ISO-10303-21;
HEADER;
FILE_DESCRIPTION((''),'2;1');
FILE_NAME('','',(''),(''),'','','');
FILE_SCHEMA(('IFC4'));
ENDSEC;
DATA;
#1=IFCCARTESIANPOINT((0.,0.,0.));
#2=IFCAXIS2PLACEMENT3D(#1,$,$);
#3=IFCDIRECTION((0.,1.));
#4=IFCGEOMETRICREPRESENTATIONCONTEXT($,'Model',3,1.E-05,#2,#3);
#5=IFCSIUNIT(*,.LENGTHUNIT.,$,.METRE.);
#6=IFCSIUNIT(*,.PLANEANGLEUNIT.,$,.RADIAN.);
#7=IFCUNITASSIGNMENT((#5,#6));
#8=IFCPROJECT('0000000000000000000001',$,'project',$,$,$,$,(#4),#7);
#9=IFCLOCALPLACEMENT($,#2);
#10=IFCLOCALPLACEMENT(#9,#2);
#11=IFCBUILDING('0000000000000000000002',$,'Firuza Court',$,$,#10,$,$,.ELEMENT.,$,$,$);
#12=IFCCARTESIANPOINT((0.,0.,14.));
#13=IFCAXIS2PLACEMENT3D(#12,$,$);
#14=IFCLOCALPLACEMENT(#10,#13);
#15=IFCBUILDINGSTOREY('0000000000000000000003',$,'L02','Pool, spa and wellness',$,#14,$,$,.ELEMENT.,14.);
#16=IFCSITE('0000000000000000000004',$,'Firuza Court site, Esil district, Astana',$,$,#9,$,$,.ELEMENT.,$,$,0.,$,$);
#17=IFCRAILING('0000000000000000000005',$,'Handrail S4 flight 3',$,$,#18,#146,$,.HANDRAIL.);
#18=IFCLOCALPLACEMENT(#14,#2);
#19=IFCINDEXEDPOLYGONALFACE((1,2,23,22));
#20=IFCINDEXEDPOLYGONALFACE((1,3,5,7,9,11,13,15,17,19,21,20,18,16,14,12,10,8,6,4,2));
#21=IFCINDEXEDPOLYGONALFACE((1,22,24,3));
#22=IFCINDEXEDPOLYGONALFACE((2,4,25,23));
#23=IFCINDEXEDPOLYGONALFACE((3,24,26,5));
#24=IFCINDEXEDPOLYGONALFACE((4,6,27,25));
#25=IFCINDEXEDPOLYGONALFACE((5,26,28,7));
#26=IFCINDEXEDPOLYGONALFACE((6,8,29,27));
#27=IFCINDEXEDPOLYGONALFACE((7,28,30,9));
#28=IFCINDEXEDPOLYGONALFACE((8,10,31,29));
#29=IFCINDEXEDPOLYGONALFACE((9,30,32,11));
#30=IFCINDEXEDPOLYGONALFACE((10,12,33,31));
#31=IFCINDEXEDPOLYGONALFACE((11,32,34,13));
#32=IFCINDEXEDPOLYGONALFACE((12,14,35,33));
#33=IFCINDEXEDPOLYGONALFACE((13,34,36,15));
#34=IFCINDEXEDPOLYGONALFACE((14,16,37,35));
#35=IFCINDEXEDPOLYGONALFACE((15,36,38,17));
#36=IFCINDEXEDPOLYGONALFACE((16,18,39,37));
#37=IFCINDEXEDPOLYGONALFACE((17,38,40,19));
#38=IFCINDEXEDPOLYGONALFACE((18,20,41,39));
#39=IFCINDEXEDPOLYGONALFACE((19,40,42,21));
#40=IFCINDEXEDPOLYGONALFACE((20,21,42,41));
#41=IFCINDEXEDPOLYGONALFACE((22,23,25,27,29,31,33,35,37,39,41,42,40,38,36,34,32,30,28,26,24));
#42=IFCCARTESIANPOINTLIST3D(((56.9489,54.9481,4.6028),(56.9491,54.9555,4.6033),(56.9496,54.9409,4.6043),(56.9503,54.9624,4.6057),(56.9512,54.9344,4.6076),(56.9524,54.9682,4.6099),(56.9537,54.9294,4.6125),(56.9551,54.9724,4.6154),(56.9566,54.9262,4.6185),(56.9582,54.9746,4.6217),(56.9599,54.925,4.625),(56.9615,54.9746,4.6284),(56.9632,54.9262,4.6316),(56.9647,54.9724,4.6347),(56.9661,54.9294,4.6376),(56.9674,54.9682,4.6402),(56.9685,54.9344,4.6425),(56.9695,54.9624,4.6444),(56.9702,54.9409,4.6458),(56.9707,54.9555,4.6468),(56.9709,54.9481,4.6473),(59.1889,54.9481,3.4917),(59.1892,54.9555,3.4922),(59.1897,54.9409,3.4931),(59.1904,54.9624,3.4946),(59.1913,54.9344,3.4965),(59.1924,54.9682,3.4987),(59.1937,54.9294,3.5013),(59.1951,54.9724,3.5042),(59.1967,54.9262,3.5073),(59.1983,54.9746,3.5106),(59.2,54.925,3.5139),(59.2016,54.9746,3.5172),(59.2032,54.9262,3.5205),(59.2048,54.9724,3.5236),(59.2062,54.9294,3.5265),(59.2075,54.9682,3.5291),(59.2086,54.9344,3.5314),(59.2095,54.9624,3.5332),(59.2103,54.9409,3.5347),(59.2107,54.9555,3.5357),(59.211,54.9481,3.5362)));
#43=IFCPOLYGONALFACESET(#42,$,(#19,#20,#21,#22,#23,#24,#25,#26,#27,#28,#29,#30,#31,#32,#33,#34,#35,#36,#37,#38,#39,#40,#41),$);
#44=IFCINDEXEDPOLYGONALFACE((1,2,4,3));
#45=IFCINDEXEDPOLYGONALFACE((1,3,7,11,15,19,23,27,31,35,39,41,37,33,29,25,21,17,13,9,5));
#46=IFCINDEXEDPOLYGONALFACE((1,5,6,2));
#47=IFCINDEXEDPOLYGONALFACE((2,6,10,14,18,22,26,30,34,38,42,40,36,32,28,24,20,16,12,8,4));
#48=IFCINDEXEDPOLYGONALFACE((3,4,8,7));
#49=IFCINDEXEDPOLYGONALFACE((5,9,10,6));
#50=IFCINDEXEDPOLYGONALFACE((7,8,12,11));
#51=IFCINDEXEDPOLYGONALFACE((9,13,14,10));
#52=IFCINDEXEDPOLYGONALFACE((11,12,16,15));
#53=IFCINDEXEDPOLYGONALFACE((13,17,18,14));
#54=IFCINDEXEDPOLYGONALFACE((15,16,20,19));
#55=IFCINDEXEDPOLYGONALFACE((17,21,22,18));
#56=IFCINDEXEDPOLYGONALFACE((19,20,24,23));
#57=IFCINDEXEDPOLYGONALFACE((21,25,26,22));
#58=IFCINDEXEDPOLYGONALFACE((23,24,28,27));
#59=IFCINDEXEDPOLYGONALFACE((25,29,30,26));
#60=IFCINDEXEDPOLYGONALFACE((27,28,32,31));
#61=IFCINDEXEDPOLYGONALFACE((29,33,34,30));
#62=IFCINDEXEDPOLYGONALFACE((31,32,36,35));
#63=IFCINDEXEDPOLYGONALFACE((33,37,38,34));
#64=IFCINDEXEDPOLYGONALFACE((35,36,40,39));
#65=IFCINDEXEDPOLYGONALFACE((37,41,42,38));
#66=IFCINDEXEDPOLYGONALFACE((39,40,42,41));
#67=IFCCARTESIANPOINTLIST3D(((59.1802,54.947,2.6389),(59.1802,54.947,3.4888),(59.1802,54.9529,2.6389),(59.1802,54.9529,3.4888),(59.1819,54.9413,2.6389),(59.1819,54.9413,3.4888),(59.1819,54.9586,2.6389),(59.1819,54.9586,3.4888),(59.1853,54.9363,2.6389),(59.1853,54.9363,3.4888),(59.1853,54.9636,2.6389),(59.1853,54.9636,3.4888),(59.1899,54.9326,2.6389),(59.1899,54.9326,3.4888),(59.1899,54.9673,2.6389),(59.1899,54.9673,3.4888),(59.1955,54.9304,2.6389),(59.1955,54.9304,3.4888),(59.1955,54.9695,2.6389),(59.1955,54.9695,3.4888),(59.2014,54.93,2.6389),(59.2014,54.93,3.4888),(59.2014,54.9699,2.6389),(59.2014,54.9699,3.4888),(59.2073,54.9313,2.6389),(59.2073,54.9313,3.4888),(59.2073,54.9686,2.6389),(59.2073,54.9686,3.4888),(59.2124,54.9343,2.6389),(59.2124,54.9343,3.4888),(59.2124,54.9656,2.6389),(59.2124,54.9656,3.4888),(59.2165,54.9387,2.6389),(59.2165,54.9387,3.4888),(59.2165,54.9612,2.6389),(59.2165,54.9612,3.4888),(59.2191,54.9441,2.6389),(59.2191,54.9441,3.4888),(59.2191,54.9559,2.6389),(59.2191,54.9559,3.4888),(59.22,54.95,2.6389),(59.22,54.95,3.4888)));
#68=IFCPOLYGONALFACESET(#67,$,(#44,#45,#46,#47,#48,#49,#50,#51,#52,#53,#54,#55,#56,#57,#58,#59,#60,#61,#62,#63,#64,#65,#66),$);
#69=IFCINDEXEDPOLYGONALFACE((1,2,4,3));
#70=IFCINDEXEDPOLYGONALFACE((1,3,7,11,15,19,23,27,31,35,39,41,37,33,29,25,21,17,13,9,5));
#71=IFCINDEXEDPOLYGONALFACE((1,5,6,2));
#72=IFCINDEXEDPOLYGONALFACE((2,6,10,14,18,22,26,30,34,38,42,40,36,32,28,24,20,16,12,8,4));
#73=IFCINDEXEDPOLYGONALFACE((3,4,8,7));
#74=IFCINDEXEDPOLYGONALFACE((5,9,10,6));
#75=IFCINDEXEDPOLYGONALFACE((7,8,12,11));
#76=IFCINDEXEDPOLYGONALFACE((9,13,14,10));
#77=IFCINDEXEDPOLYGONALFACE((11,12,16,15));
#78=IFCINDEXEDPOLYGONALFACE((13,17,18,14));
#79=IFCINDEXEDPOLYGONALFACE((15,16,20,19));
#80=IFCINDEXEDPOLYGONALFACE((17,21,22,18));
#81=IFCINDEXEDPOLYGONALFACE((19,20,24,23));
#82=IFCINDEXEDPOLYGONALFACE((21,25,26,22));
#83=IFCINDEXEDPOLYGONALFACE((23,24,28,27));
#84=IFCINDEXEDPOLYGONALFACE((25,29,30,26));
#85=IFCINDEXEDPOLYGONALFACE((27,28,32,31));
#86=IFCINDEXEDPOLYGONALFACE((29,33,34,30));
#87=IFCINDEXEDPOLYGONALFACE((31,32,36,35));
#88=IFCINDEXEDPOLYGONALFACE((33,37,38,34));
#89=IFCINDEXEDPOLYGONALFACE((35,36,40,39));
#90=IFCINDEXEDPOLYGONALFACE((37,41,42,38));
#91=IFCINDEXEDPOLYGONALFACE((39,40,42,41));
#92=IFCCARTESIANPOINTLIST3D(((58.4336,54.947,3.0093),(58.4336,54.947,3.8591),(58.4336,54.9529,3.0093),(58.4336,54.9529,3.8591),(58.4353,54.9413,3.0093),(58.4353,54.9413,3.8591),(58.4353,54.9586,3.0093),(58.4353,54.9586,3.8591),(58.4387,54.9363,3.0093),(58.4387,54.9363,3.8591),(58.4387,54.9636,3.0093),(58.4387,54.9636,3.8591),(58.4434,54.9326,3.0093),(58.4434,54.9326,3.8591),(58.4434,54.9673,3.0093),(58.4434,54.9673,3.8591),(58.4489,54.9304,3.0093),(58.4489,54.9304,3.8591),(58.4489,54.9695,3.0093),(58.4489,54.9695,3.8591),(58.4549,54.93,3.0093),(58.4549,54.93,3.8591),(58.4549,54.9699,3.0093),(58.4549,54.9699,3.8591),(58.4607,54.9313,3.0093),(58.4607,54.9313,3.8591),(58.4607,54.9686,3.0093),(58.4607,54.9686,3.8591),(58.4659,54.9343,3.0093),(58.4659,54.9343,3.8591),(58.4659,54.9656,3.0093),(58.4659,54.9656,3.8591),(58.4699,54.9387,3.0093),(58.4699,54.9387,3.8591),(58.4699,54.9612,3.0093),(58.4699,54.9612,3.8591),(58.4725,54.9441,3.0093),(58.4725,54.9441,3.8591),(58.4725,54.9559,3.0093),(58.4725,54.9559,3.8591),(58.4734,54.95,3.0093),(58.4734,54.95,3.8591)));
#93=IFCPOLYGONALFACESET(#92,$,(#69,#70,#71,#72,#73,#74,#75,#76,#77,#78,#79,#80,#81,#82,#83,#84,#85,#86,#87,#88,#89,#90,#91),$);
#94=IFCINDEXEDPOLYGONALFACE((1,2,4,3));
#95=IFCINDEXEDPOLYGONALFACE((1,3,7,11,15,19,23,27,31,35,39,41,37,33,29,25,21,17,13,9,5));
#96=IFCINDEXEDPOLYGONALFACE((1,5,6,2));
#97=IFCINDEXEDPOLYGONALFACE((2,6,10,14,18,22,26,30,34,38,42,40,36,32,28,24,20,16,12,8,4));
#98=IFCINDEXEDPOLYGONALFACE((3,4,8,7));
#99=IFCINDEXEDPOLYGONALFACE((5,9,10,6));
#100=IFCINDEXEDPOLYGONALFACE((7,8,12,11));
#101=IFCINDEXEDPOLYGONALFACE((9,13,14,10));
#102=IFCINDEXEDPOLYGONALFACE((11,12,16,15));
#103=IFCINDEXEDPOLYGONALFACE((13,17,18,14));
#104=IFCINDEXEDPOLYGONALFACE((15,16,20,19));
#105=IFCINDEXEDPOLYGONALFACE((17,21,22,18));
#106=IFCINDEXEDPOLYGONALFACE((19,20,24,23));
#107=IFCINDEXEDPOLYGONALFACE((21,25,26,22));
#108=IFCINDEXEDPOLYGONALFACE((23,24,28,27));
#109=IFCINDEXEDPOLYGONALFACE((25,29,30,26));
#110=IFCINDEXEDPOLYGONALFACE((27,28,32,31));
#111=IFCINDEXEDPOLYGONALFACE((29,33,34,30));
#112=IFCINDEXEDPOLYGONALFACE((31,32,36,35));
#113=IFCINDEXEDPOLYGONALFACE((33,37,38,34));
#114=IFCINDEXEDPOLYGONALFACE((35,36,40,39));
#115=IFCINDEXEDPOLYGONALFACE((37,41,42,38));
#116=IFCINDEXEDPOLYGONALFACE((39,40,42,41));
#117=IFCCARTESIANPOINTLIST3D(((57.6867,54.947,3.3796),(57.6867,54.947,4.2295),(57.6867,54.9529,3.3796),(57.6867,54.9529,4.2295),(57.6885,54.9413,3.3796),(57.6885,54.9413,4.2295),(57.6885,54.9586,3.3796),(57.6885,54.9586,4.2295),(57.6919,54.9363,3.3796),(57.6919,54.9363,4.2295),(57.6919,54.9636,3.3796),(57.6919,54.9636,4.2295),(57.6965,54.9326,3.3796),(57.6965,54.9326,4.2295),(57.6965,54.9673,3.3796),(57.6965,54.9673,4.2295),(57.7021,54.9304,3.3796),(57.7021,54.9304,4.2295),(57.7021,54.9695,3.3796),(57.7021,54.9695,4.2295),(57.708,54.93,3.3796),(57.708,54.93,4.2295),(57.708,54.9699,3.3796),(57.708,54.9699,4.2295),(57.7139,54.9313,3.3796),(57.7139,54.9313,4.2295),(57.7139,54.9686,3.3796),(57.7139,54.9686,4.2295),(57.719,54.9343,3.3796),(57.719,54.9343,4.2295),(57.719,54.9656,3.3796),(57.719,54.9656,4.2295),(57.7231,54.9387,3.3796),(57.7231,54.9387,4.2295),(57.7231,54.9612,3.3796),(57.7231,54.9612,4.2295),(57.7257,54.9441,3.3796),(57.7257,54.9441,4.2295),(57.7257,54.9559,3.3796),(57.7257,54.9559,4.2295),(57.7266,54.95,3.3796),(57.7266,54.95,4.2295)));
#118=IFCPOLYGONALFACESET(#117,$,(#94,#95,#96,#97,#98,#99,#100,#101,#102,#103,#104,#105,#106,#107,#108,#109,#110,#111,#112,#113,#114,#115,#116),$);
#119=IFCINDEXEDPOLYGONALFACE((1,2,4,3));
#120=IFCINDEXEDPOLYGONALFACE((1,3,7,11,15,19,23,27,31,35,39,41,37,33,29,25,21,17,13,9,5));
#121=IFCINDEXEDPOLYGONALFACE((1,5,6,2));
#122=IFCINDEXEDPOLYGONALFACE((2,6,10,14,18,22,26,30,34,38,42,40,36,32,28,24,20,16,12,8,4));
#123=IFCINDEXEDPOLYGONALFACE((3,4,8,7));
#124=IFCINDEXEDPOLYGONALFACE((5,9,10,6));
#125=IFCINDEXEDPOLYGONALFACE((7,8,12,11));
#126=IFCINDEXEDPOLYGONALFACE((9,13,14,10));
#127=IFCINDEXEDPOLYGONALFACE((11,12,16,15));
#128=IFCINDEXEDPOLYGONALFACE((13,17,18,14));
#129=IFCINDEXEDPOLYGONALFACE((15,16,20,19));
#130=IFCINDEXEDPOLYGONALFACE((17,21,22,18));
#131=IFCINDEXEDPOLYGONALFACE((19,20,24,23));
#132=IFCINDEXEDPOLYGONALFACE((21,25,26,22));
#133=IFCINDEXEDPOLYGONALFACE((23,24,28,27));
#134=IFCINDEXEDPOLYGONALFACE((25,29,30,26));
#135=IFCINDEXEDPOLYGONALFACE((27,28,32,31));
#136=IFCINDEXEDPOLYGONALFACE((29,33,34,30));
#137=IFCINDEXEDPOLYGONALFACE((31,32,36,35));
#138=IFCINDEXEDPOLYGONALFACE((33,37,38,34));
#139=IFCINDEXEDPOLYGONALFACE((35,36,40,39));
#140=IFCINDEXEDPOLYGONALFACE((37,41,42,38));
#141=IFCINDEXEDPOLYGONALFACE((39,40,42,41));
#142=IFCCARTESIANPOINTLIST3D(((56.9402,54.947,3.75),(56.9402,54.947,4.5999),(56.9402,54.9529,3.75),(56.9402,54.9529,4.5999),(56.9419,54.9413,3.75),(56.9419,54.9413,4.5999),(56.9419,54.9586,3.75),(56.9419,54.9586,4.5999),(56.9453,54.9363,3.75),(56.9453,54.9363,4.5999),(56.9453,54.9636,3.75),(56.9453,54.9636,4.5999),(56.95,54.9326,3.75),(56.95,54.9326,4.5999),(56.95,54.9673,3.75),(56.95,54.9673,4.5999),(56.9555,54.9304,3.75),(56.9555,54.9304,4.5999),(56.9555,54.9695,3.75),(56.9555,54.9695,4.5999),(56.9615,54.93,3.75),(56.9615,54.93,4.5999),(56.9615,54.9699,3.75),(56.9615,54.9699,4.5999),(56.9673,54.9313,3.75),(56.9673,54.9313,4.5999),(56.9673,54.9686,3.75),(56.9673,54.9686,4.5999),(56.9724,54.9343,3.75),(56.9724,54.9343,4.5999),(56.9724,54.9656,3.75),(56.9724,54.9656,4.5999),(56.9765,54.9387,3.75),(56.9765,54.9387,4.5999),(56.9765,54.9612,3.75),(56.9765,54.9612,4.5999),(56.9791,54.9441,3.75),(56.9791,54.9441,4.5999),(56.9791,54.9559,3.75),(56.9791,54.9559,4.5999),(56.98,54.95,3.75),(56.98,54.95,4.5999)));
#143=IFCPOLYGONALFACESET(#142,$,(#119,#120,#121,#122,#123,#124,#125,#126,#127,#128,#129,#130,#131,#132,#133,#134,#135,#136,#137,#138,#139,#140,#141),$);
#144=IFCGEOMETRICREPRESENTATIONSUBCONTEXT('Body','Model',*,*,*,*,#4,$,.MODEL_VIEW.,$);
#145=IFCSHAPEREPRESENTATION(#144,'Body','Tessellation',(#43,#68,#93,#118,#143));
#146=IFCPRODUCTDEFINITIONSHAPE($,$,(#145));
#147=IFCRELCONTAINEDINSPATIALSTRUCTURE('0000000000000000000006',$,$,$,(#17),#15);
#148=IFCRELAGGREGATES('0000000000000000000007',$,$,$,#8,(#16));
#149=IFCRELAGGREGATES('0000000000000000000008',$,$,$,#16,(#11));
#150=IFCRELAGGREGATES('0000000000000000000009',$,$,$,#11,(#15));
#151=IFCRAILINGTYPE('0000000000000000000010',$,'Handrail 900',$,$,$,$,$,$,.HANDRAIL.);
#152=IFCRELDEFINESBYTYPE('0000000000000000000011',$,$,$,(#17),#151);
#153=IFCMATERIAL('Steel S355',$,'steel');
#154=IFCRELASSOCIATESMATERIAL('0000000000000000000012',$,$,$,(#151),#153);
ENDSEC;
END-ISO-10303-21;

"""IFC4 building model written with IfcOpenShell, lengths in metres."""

from ifc_helpers import new_model, si_unit, direction, frame, origin, origin_2d, place, context, subcontext, project, spatial, circle, extrude, material, type_object, element, save


model = new_model("IFC4")

# Units and contexts
model_context = context("Model", 3, precision=1e-05, world=origin(), true_north=direction((0.0, 1.0)))
body_context = subcontext(model_context, "Body", "Model", "MODEL_VIEW")
ifc_project = project(units=[si_unit("LENGTHUNIT", "METRE"), si_unit("PLANEANGLEUNIT", "RADIAN")], contexts=[model_context])

# Site, building, storey
site_placement = place(None, origin())
site = spatial("IfcSite", under=ifc_project, at=site_placement, Name="Firuza Court site, Esil district, Astana", CompositionType="ELEMENT", RefElevation=0.0)
building_placement = place(site_placement, origin())
building = spatial("IfcBuilding", under=site, at=building_placement, Name="Firuza Court", CompositionType="ELEMENT")
storey_placement = place(building_placement, frame((0.0, 0.0, 14.0)))
storey = spatial("IfcBuildingStorey", under=building, at=storey_placement, Name="L02", Description="Pool, spa and wellness", CompositionType="ELEMENT", Elevation=14.0)

# Railing
ifc_material_1 = material(Name="Steel S355", Category="steel")
railing_type_1 = type_object("IfcRailingType", Name="Handrail 900", PredefinedType="HANDRAIL", material=ifc_material_1)
railing_1_placement = place(storey_placement, frame((59.2, 54.95, 2.6389)))
element("IfcRailing", 1, at=railing_1_placement, inside=storey, type_object=railing_type_1, Name="Handrail S4 flight 3", PredefinedType="HANDRAIL", context=body_context, shape_type="SweptSolid", body=[
    extrude(circle(Radius=0.0249, at=origin_2d()), frame((0.0, 0.0, 0.875), z_axis=(-0.895848, 0.0, 0.44436), x_axis=(0.0, -1.0, 0.0)), (0.0, 0.0, 1.0), 2.5005),
    extrude(circle(Radius=0.02, at=origin_2d()), origin(), (0.0, 0.0, 1.0), 0.8499),
    extrude(circle(Radius=0.02, at=origin_2d()), frame((-0.7466, 0.0, 0.3704)), (0.0, 0.0, 1.0), 0.8499),
    extrude(circle(Radius=0.02, at=origin_2d()), frame((-1.4934, 0.0, 0.7407)), (0.0, 0.0, 1.0), 0.8499),
    extrude(circle(Radius=0.02, at=origin_2d()), frame((-2.24, 0.0, 1.1111)), (0.0, 0.0, 1.0), 0.8499),
])

save(model, "model.ifc")
